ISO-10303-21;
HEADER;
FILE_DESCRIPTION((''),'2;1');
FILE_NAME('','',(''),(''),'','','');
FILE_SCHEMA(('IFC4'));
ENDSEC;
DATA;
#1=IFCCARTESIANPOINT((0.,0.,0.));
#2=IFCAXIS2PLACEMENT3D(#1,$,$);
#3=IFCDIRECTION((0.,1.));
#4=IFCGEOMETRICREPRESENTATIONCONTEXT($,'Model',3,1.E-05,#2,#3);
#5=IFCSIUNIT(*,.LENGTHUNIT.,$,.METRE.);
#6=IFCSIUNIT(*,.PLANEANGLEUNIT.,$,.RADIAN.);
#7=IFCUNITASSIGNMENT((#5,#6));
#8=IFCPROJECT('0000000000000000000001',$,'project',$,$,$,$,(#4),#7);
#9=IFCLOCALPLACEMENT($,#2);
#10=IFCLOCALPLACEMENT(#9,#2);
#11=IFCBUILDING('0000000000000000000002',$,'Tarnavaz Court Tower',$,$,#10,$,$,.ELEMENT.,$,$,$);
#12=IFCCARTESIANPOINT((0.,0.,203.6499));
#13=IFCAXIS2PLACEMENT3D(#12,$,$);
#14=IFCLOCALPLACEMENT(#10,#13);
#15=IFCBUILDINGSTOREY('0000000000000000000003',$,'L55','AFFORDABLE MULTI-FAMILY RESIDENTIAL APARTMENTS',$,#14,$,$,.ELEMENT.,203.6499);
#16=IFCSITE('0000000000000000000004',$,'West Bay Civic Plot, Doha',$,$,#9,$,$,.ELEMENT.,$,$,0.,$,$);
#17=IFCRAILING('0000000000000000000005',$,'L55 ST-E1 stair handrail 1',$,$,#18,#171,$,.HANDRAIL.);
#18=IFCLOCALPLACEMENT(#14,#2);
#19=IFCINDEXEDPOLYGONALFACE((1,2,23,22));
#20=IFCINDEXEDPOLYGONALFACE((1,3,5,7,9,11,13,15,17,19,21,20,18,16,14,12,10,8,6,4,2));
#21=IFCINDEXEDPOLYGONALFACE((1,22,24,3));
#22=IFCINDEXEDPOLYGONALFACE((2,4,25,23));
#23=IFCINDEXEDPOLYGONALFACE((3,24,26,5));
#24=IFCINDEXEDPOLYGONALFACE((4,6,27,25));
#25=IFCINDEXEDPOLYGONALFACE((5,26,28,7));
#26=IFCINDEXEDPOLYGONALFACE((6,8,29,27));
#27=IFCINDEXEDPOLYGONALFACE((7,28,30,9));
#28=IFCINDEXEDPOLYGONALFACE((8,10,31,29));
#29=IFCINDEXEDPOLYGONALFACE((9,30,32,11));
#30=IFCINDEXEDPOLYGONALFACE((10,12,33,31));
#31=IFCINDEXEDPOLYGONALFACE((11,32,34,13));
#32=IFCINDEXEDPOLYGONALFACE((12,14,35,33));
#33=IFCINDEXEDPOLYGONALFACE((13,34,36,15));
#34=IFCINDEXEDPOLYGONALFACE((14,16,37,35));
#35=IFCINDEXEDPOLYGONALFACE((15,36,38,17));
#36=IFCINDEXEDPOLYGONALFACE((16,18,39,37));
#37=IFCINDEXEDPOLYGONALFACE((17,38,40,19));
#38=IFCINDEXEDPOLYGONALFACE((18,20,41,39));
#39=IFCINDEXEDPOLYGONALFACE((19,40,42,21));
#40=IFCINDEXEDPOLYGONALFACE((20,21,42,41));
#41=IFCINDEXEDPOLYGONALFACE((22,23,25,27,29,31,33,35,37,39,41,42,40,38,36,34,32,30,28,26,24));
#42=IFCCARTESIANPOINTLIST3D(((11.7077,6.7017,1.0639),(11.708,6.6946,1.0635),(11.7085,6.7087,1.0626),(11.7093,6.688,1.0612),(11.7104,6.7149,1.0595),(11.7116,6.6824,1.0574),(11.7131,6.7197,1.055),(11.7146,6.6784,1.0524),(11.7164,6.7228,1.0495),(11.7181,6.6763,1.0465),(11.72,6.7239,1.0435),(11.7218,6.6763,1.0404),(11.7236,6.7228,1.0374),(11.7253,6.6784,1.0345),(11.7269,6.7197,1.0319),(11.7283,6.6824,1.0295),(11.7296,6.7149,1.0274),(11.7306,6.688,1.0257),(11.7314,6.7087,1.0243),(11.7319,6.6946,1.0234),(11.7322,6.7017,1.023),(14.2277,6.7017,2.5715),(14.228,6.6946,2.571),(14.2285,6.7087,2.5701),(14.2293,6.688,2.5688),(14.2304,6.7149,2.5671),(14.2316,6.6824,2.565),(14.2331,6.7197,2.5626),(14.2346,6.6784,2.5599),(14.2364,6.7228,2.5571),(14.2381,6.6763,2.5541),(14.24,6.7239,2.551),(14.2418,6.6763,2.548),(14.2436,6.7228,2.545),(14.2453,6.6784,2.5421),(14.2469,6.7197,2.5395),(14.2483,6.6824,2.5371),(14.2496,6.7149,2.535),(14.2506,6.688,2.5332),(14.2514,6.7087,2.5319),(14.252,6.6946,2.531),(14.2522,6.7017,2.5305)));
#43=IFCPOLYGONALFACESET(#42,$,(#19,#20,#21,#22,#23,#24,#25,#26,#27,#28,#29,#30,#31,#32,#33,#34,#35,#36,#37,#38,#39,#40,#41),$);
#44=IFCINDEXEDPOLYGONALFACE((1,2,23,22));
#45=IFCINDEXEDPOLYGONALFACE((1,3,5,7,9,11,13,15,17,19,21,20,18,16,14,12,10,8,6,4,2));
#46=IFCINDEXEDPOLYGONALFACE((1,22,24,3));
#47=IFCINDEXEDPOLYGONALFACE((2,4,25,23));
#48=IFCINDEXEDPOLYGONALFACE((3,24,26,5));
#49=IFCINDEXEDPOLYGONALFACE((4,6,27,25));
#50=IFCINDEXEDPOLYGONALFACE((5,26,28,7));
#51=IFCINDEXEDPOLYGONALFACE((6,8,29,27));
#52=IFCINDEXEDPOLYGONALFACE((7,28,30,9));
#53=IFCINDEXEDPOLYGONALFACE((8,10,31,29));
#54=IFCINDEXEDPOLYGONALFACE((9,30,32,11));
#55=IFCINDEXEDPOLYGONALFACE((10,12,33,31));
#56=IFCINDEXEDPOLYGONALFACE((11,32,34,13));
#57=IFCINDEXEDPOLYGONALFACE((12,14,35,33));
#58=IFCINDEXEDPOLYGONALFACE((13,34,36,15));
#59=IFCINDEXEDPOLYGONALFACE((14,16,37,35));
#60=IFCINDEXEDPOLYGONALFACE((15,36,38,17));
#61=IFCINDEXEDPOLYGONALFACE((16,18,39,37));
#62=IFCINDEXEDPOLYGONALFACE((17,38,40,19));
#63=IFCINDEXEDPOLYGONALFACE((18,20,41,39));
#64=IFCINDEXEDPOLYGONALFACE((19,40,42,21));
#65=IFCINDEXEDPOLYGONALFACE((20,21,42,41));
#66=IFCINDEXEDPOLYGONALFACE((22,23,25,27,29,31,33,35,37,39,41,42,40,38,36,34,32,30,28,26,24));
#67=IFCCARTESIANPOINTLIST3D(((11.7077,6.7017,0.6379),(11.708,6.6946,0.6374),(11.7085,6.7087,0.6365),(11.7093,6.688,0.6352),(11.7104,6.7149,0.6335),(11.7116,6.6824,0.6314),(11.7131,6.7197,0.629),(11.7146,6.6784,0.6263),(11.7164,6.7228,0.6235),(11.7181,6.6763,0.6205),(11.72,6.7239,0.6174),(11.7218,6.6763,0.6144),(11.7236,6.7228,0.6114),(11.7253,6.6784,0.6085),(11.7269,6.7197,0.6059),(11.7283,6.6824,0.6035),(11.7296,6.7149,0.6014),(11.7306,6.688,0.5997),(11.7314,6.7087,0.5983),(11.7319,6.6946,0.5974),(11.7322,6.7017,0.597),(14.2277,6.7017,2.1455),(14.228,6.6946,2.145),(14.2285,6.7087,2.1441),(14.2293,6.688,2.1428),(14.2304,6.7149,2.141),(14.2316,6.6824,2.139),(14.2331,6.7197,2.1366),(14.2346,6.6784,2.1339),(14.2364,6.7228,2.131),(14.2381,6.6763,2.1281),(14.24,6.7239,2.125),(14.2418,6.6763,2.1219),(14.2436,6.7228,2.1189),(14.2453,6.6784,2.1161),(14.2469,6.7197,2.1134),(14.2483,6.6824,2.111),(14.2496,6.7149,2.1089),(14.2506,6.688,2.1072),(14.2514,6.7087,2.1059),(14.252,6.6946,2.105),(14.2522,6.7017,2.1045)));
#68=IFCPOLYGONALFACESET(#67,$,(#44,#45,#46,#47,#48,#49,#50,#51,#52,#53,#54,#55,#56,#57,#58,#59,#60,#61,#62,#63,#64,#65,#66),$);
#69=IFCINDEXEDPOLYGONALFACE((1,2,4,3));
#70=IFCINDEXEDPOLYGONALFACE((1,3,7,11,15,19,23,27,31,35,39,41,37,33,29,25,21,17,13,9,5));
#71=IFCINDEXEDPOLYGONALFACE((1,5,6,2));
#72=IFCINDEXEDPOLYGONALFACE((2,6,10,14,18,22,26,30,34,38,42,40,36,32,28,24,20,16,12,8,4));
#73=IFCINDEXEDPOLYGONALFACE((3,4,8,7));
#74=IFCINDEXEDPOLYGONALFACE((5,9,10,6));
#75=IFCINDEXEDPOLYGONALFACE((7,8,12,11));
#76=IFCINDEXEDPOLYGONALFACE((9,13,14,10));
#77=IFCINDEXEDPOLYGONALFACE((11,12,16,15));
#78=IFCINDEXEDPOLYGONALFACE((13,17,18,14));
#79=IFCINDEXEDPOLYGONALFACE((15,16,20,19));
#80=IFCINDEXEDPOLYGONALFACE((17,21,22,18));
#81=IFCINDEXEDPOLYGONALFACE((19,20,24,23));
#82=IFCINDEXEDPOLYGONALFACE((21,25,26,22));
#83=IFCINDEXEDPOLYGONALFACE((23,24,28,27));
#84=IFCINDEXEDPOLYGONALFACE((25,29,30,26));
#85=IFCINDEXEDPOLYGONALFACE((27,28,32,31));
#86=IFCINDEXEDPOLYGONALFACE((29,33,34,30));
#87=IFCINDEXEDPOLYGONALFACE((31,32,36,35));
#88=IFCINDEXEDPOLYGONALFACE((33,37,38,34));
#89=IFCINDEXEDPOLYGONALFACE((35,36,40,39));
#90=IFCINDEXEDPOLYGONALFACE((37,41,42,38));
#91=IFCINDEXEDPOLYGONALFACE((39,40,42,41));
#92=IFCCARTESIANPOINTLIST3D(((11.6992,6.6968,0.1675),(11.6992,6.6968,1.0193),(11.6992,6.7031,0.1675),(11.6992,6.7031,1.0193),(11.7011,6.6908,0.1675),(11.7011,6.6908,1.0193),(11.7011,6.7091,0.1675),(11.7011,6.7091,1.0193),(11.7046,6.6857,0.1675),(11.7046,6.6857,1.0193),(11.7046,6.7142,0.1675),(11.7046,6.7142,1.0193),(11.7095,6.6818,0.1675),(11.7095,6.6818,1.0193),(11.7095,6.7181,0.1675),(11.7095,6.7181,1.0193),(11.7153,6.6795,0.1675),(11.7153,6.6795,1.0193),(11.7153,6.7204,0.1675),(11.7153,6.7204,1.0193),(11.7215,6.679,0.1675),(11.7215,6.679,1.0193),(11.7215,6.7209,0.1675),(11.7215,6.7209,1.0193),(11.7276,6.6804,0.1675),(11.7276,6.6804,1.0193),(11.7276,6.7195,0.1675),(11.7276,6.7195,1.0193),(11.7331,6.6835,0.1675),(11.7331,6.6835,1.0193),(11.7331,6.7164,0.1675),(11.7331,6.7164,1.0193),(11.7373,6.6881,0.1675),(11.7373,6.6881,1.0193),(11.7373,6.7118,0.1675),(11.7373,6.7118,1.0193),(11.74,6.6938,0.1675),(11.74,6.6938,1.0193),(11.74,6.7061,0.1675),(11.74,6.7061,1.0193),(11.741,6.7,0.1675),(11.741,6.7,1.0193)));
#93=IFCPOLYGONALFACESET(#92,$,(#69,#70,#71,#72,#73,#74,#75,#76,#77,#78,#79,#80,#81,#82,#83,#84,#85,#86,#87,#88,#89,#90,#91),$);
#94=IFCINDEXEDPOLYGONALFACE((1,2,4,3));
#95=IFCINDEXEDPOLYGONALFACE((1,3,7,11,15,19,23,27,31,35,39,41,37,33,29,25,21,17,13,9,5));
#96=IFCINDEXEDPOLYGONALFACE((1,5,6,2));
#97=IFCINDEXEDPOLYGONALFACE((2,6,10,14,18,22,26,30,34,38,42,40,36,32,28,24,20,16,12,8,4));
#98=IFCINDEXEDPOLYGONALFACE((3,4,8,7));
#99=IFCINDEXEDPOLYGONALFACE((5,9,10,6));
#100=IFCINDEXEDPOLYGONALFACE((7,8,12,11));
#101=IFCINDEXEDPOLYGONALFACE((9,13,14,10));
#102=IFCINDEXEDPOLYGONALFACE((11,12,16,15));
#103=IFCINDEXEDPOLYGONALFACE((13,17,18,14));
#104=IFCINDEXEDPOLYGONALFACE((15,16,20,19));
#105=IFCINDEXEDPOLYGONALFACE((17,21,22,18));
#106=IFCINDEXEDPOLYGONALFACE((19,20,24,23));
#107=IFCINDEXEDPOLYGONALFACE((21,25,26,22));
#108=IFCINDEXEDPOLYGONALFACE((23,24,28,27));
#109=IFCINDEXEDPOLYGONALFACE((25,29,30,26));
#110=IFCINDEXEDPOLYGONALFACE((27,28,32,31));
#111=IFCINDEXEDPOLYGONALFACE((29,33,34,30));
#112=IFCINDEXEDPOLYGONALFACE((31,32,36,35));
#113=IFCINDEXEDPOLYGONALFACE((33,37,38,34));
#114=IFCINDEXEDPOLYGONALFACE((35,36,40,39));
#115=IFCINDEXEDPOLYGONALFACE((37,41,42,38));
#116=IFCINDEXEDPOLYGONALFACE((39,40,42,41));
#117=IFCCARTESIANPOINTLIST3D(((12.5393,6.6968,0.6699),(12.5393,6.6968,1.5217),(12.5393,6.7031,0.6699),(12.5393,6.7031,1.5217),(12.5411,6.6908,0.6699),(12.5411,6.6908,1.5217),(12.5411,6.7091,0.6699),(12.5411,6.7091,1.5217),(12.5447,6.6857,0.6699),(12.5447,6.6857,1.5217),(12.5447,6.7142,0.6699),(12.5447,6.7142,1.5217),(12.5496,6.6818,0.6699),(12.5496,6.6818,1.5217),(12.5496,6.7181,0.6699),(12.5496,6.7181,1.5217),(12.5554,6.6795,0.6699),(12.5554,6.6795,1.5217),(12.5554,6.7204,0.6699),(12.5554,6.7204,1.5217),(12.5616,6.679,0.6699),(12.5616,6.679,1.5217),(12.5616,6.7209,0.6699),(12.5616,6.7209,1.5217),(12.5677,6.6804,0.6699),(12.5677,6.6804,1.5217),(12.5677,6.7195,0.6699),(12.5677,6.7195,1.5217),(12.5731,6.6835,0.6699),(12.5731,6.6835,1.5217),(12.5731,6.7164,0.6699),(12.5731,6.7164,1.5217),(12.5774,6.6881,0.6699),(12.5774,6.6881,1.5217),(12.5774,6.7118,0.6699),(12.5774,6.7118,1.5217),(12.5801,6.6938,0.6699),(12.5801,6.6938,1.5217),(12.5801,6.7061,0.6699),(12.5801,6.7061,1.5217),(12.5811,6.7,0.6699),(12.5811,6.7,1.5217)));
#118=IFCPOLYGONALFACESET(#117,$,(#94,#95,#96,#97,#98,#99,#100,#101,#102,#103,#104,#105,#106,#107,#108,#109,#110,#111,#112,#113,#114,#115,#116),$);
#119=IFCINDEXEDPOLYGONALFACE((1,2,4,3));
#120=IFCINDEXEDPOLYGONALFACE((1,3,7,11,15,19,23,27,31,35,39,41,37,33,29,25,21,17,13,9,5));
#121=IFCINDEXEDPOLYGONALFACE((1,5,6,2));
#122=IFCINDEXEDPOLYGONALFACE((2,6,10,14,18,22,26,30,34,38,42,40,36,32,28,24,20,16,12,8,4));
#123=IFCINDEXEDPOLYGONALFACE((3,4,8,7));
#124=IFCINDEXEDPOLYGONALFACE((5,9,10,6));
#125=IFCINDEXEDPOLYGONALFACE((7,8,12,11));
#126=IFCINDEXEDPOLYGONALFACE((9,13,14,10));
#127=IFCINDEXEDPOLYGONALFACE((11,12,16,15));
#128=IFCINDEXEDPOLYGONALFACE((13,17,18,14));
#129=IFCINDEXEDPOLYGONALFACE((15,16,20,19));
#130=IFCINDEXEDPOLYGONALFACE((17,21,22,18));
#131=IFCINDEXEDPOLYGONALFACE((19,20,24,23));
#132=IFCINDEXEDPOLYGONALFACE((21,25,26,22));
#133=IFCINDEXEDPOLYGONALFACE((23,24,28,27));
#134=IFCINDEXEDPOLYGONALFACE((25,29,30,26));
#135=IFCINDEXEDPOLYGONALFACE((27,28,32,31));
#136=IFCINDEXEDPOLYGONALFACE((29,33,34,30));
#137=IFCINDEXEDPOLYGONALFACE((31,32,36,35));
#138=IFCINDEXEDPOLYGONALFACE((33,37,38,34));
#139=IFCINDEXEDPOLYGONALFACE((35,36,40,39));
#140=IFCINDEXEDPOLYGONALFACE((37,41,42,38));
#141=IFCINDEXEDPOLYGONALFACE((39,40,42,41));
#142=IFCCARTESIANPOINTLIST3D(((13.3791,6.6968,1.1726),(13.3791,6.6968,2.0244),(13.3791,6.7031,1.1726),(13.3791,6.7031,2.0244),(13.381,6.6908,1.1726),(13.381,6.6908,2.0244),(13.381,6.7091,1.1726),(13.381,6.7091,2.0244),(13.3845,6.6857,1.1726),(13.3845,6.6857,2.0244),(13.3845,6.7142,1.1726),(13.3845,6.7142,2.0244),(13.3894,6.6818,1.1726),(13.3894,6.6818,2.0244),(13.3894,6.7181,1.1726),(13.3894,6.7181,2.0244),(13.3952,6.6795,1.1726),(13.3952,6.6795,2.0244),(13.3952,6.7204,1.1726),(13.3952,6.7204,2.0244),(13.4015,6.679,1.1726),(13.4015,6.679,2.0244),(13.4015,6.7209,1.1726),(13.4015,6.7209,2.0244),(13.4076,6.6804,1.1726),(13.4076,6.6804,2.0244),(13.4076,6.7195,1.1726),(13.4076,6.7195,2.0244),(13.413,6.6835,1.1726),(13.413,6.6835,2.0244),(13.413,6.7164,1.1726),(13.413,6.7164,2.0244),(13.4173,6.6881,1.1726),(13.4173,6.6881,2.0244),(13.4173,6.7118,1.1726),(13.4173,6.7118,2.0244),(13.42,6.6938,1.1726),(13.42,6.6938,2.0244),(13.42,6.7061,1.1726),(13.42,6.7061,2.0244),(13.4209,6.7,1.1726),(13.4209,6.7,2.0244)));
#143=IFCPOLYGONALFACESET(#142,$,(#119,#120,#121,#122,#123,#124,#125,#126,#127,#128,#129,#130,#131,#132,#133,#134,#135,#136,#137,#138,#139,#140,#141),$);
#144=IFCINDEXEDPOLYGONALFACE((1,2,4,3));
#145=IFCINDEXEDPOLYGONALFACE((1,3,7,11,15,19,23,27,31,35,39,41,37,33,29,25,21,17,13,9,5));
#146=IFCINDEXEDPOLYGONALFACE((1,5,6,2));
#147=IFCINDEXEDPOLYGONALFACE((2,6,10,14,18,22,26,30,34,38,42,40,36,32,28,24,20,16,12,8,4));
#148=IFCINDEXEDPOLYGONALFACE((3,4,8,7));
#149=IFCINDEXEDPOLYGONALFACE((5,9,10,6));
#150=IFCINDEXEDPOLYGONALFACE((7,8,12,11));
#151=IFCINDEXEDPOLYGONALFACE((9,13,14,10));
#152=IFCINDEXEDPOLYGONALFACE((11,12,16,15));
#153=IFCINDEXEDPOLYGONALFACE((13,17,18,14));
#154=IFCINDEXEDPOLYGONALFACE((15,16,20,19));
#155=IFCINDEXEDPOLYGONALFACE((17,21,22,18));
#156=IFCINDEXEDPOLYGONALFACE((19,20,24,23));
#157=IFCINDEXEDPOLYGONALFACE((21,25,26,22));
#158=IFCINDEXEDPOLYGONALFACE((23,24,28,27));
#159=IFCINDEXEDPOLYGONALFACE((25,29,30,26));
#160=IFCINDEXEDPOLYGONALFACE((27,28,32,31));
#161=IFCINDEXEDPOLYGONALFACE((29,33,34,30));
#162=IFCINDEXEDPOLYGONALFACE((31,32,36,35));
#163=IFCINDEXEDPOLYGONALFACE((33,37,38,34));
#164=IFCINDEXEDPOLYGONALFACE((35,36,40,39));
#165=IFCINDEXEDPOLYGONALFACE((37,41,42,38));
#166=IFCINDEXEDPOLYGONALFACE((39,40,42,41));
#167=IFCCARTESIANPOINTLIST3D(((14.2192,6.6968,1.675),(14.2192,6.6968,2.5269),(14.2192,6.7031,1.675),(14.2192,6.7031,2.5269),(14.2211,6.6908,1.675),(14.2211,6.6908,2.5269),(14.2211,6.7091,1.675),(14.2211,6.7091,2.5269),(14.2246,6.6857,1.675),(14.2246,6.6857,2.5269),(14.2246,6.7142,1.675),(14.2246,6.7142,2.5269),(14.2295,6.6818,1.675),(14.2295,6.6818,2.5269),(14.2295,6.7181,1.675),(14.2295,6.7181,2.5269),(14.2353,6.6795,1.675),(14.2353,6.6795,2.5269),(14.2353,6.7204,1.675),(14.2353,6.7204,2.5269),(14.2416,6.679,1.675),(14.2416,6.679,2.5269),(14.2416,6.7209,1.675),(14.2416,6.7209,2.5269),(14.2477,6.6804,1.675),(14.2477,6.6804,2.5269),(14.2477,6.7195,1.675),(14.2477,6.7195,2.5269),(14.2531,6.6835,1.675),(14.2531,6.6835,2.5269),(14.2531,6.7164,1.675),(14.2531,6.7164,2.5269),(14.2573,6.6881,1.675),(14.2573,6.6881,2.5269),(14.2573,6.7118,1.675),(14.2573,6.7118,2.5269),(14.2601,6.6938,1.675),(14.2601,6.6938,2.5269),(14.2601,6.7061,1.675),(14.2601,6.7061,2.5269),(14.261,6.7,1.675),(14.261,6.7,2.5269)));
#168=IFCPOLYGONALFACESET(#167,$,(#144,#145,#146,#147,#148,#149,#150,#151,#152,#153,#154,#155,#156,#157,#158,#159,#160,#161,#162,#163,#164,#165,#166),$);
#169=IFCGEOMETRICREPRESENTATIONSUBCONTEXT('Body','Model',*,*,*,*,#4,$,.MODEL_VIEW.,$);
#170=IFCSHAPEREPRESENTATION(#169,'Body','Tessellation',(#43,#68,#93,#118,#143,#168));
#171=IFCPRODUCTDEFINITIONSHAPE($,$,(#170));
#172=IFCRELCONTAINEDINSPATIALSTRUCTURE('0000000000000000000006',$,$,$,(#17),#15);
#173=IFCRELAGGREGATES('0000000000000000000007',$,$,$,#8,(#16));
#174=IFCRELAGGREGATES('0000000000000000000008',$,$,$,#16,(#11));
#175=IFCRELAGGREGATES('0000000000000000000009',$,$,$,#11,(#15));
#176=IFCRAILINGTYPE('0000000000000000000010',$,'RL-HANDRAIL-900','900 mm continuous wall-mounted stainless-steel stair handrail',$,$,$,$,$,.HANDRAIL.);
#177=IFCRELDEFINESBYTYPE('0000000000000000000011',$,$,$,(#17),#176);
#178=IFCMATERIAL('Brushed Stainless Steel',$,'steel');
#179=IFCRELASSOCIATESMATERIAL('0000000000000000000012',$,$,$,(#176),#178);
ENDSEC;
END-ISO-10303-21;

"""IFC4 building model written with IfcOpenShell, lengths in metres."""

from ifc_helpers import new_model, si_unit, direction, frame, origin, origin_2d, place, context, subcontext, project, spatial, circle, extrude, material, type_object, element, save


model = new_model("IFC4")

# Units and contexts
model_context = context("Model", 3, precision=1e-05, world=origin(), true_north=direction((0.0, 1.0)))
body_context = subcontext(model_context, "Body", "Model", "MODEL_VIEW")
ifc_project = project(units=[si_unit("LENGTHUNIT", "METRE"), si_unit("PLANEANGLEUNIT", "RADIAN")], contexts=[model_context])

# Site, building, storey
site_placement = place(None, origin())
site = spatial("IfcSite", under=ifc_project, at=site_placement, Name="West Bay Civic Plot, Doha", CompositionType="ELEMENT", RefElevation=0.0)
building_placement = place(site_placement, origin())
building = spatial("IfcBuilding", under=site, at=building_placement, Name="Tarnavaz Court Tower", CompositionType="ELEMENT")
storey_placement = place(building_placement, frame((0.0, 0.0, 203.6499)))
storey = spatial("IfcBuildingStorey", under=building, at=storey_placement, Name="L55", Description="AFFORDABLE MULTI-FAMILY RESIDENTIAL APARTMENTS", CompositionType="ELEMENT", Elevation=203.6499)

# Railing
ifc_material_1 = material(Name="Brushed Stainless Steel", Category="steel")
railing_type_1 = type_object("IfcRailingType", Name="RL-HANDRAIL-900", Description="900 mm continuous wall-mounted stainless-steel stair handrail", PredefinedType="HANDRAIL", material=ifc_material_1)
railing_1_placement = place(storey_placement, frame((11.72, 6.7, 0.1675)))
element("IfcRailing", 1, at=railing_1_placement, inside=storey, type_object=railing_type_1, Name="L55 ST-E1 stair handrail 1", PredefinedType="HANDRAIL", context=body_context, shape_type="SweptSolid", body=[
    extrude(circle(Radius=0.0239, at=origin_2d()), frame((0.0, 0.0, 0.876), z_axis=(0.85816, 0.0, 0.513383), x_axis=(0.0, 1.0, 0.0)), (0.0, 0.0, 1.0), 2.9365),
    extrude(circle(Radius=0.0239, at=origin_2d()), frame((0.0, 0.0, 0.45), z_axis=(0.85816, 0.0, 0.513383), x_axis=(0.0, 1.0, 0.0)), (0.0, 0.0, 1.0), 2.9365),
    extrude(circle(Radius=0.021, at=origin_2d()), origin(), (0.0, 0.0, 1.0), 0.8518),
    extrude(circle(Radius=0.021, at=origin_2d()), frame((0.8401, 0.0, 0.5024)), (0.0, 0.0, 1.0), 0.8518),
    extrude(circle(Radius=0.021, at=origin_2d()), frame((1.6799, 0.0, 1.0051)), (0.0, 0.0, 1.0), 0.8518),
    extrude(circle(Radius=0.021, at=origin_2d()), frame((2.52, 0.0, 1.5076)), (0.0, 0.0, 1.0), 0.8518),
])

save(model, "model.ifc")
